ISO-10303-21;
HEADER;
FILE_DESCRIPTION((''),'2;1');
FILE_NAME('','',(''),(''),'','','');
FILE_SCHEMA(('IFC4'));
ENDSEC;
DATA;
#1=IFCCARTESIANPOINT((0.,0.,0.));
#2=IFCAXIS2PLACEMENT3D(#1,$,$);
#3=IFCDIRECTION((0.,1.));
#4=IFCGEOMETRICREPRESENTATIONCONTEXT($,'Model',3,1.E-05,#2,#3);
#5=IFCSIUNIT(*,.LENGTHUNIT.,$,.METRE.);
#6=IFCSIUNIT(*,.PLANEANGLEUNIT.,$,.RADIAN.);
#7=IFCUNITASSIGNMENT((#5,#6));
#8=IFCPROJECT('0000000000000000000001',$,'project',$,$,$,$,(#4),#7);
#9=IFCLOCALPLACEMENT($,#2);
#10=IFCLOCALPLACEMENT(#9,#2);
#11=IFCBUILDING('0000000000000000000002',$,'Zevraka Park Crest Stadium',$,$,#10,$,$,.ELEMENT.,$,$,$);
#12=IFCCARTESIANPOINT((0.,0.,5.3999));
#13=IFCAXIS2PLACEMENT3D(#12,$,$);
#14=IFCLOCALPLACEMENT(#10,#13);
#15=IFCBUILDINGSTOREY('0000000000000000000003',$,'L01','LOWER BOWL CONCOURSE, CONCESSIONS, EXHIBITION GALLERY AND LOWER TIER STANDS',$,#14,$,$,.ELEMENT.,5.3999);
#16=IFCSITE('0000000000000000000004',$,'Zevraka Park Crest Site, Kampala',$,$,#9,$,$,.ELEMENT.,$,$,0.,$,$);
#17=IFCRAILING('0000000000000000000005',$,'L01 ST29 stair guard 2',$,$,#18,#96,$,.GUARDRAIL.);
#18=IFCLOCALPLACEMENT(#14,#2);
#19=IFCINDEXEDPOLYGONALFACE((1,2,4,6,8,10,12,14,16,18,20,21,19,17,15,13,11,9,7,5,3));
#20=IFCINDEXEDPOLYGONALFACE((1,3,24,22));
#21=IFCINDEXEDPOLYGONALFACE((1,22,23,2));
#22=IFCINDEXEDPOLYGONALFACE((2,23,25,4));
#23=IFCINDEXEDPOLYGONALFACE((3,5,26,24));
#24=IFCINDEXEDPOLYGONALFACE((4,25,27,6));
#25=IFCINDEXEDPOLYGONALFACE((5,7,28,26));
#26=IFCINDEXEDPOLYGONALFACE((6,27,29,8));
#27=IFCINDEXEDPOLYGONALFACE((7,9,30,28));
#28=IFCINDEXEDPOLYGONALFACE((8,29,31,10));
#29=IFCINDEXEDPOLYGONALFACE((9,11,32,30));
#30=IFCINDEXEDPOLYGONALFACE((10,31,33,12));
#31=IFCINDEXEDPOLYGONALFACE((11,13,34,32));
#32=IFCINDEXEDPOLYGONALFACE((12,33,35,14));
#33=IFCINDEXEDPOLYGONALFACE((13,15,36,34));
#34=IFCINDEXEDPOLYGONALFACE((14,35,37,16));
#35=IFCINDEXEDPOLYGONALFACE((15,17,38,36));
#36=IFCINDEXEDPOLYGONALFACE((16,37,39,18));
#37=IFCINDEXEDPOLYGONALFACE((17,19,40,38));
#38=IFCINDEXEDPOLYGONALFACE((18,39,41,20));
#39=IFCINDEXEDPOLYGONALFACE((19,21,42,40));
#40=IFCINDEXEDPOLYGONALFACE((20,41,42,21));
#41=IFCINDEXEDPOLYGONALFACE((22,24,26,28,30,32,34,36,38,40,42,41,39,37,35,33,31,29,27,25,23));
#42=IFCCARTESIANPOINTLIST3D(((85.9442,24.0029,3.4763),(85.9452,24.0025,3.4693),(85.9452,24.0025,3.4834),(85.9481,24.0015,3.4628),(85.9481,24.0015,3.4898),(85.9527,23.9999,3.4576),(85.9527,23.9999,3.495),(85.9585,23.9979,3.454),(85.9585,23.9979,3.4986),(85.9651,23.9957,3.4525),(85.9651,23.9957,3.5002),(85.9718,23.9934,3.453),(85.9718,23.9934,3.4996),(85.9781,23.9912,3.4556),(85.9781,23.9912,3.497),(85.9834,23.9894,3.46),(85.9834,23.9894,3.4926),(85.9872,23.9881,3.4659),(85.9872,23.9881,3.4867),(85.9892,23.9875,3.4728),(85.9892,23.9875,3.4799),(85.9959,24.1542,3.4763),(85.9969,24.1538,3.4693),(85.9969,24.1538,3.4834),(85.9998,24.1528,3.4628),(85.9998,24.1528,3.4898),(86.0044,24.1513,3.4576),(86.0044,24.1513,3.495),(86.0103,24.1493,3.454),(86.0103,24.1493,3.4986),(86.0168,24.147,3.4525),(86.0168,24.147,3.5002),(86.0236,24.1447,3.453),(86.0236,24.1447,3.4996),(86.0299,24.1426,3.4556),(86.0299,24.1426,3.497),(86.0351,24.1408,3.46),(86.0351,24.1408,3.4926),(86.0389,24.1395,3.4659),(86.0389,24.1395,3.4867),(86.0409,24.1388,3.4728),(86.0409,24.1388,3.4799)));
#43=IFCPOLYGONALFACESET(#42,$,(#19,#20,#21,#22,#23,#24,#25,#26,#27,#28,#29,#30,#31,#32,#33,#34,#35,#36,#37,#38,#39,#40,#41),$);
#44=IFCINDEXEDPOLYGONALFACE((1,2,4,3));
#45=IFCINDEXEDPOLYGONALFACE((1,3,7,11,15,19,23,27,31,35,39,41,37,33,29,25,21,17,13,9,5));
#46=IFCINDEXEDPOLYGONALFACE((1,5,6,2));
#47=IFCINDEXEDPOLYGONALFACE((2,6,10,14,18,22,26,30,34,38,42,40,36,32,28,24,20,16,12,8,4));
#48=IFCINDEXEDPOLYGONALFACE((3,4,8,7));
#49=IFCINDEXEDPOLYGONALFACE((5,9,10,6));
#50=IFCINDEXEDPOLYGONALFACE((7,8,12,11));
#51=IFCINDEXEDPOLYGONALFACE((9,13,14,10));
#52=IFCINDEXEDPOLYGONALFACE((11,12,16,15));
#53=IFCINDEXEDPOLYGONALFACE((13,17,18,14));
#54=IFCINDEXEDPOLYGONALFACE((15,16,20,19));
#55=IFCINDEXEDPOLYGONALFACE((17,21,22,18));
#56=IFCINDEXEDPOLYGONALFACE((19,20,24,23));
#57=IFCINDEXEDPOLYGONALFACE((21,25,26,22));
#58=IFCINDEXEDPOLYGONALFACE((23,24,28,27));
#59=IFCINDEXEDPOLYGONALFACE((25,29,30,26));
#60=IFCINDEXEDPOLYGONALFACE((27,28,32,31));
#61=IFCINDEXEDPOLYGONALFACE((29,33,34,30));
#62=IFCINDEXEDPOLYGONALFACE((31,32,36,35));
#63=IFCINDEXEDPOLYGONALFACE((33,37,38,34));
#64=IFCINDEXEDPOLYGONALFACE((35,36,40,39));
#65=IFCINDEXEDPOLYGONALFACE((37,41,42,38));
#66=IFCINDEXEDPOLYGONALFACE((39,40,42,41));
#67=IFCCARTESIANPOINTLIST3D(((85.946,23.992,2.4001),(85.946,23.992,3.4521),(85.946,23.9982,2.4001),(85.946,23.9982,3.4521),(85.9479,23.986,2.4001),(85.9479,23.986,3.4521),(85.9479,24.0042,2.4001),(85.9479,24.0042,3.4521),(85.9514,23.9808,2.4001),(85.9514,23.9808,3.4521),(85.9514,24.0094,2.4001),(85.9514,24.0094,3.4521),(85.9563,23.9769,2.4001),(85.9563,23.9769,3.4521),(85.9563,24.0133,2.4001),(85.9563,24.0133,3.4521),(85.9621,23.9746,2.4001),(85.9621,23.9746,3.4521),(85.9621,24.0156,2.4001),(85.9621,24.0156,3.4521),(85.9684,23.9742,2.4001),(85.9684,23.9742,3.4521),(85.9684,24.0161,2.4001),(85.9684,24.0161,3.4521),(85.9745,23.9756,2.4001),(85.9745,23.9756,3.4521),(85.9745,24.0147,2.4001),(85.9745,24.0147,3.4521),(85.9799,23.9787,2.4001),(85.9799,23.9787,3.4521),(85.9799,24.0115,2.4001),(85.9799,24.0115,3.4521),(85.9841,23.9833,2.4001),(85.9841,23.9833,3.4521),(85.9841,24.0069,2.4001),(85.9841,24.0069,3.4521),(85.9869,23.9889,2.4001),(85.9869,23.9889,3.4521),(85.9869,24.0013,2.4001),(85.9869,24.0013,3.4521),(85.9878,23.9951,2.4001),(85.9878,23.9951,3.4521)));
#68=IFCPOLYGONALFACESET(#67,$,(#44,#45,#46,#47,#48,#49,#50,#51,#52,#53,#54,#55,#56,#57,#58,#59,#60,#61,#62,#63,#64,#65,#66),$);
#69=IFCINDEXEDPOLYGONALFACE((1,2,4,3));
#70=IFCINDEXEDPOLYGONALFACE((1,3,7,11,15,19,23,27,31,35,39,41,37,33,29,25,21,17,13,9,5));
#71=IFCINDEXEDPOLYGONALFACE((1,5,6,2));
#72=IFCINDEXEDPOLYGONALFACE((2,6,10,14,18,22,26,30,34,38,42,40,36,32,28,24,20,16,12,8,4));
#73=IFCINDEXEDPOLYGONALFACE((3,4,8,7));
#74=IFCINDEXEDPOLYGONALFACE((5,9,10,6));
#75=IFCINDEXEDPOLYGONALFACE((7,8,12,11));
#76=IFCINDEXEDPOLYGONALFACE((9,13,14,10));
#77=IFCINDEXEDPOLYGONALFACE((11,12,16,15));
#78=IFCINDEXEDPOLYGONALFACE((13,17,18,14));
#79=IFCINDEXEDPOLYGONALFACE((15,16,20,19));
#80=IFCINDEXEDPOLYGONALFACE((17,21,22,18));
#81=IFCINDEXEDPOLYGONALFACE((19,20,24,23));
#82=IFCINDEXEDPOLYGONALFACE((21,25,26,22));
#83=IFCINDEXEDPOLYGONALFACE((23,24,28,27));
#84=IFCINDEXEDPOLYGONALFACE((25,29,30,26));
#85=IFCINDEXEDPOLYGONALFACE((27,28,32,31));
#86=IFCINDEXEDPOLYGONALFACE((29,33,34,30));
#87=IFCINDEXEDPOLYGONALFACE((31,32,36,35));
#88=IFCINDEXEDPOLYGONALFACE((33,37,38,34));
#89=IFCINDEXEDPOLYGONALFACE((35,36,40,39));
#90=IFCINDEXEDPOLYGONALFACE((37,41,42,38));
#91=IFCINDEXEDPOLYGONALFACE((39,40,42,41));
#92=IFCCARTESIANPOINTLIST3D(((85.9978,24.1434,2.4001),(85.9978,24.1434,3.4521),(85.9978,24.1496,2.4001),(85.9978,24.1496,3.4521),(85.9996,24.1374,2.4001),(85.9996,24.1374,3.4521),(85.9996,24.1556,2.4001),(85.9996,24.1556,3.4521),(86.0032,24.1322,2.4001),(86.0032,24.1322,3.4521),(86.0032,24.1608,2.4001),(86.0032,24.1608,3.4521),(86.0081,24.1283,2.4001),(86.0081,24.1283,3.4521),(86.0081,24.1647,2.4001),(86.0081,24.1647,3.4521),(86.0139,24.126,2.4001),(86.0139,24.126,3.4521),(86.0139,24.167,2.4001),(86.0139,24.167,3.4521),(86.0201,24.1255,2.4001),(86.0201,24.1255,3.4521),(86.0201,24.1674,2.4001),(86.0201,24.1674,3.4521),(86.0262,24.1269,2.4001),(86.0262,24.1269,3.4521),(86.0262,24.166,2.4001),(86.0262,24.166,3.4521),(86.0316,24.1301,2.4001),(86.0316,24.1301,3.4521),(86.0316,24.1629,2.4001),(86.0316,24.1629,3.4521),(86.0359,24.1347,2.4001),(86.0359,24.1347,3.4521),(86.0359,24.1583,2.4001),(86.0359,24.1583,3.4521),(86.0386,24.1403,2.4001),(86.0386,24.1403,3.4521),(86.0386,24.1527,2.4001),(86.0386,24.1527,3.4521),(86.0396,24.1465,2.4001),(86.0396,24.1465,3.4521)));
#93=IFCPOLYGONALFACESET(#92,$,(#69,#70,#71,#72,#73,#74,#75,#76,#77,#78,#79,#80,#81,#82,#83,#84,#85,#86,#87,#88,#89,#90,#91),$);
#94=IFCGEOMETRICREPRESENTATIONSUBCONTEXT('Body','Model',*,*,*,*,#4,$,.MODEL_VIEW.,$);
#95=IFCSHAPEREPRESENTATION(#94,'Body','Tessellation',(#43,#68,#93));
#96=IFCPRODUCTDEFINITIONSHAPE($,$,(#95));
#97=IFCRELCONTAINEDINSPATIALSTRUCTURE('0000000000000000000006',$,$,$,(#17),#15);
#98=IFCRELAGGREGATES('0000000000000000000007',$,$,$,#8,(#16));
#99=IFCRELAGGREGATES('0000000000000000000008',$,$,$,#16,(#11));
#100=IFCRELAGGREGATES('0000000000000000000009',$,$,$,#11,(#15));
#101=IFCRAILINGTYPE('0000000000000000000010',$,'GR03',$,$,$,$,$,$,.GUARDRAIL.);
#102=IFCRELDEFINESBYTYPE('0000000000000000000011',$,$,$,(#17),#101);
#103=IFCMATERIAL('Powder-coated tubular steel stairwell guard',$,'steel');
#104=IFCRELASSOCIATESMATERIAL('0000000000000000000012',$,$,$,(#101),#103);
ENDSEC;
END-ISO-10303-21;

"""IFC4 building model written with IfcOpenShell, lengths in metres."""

from ifc_helpers import new_model, si_unit, direction, frame, origin, origin_2d, place, context, subcontext, project, spatial, circle, extrude, material, type_object, element, save


model = new_model("IFC4")

# Units and contexts
model_context = context("Model", 3, precision=1e-05, world=origin(), true_north=direction((0.0, 1.0)))
body_context = subcontext(model_context, "Body", "Model", "MODEL_VIEW")
ifc_project = project(units=[si_unit("LENGTHUNIT", "METRE"), si_unit("PLANEANGLEUNIT", "RADIAN")], contexts=[model_context])

# Site, building, storey
site_placement = place(None, origin())
site = spatial("IfcSite", under=ifc_project, at=site_placement, Name="Zevraka Park Crest Site, Kampala", CompositionType="ELEMENT", RefElevation=0.0)
building_placement = place(site_placement, origin())
building = spatial("IfcBuilding", under=site, at=building_placement, Name="Zevraka Park Crest Stadium", CompositionType="ELEMENT")
storey_placement = place(building_placement, frame((0.0, 0.0, 5.3999)))
storey = spatial("IfcBuildingStorey", under=building, at=storey_placement, Name="L01", Description="LOWER BOWL CONCOURSE, CONCESSIONS, EXHIBITION GALLERY AND LOWER TIER STANDS", CompositionType="ELEMENT", Elevation=5.3999)

# Railing
ifc_material_1 = material(Name="Powder-coated tubular steel stairwell guard", Category="steel")
railing_type_1 = type_object("IfcRailingType", Name="GR03", PredefinedType="GUARDRAIL", material=ifc_material_1)
railing_1_placement = place(storey_placement, frame((85.9668, 23.9951, 2.4001)))
element("IfcRailing", 1, at=railing_1_placement, inside=storey, type_object=railing_type_1, Name="L01 ST29 stair guard 2", PredefinedType="GUARDRAIL", context=body_context, shape_type="SweptSolid", body=[
    extrude(circle(Radius=0.0239, at=origin_2d()), frame((0.0, 0.0, 1.0762), z_axis=(0.323544, 0.946213, 0.0), x_axis=(-0.946213, 0.323544, 0.0)), (0.0, 0.0, 1.0), 0.1599),
    extrude(circle(Radius=0.021, at=origin_2d()), origin(), (0.0, 0.0, 1.0), 1.052),
    extrude(circle(Radius=0.021, at=origin_2d()), frame((0.0518, 0.1514, 0.0)), (0.0, 0.0, 1.0), 1.052),
])

save(model, "model.ifc")
